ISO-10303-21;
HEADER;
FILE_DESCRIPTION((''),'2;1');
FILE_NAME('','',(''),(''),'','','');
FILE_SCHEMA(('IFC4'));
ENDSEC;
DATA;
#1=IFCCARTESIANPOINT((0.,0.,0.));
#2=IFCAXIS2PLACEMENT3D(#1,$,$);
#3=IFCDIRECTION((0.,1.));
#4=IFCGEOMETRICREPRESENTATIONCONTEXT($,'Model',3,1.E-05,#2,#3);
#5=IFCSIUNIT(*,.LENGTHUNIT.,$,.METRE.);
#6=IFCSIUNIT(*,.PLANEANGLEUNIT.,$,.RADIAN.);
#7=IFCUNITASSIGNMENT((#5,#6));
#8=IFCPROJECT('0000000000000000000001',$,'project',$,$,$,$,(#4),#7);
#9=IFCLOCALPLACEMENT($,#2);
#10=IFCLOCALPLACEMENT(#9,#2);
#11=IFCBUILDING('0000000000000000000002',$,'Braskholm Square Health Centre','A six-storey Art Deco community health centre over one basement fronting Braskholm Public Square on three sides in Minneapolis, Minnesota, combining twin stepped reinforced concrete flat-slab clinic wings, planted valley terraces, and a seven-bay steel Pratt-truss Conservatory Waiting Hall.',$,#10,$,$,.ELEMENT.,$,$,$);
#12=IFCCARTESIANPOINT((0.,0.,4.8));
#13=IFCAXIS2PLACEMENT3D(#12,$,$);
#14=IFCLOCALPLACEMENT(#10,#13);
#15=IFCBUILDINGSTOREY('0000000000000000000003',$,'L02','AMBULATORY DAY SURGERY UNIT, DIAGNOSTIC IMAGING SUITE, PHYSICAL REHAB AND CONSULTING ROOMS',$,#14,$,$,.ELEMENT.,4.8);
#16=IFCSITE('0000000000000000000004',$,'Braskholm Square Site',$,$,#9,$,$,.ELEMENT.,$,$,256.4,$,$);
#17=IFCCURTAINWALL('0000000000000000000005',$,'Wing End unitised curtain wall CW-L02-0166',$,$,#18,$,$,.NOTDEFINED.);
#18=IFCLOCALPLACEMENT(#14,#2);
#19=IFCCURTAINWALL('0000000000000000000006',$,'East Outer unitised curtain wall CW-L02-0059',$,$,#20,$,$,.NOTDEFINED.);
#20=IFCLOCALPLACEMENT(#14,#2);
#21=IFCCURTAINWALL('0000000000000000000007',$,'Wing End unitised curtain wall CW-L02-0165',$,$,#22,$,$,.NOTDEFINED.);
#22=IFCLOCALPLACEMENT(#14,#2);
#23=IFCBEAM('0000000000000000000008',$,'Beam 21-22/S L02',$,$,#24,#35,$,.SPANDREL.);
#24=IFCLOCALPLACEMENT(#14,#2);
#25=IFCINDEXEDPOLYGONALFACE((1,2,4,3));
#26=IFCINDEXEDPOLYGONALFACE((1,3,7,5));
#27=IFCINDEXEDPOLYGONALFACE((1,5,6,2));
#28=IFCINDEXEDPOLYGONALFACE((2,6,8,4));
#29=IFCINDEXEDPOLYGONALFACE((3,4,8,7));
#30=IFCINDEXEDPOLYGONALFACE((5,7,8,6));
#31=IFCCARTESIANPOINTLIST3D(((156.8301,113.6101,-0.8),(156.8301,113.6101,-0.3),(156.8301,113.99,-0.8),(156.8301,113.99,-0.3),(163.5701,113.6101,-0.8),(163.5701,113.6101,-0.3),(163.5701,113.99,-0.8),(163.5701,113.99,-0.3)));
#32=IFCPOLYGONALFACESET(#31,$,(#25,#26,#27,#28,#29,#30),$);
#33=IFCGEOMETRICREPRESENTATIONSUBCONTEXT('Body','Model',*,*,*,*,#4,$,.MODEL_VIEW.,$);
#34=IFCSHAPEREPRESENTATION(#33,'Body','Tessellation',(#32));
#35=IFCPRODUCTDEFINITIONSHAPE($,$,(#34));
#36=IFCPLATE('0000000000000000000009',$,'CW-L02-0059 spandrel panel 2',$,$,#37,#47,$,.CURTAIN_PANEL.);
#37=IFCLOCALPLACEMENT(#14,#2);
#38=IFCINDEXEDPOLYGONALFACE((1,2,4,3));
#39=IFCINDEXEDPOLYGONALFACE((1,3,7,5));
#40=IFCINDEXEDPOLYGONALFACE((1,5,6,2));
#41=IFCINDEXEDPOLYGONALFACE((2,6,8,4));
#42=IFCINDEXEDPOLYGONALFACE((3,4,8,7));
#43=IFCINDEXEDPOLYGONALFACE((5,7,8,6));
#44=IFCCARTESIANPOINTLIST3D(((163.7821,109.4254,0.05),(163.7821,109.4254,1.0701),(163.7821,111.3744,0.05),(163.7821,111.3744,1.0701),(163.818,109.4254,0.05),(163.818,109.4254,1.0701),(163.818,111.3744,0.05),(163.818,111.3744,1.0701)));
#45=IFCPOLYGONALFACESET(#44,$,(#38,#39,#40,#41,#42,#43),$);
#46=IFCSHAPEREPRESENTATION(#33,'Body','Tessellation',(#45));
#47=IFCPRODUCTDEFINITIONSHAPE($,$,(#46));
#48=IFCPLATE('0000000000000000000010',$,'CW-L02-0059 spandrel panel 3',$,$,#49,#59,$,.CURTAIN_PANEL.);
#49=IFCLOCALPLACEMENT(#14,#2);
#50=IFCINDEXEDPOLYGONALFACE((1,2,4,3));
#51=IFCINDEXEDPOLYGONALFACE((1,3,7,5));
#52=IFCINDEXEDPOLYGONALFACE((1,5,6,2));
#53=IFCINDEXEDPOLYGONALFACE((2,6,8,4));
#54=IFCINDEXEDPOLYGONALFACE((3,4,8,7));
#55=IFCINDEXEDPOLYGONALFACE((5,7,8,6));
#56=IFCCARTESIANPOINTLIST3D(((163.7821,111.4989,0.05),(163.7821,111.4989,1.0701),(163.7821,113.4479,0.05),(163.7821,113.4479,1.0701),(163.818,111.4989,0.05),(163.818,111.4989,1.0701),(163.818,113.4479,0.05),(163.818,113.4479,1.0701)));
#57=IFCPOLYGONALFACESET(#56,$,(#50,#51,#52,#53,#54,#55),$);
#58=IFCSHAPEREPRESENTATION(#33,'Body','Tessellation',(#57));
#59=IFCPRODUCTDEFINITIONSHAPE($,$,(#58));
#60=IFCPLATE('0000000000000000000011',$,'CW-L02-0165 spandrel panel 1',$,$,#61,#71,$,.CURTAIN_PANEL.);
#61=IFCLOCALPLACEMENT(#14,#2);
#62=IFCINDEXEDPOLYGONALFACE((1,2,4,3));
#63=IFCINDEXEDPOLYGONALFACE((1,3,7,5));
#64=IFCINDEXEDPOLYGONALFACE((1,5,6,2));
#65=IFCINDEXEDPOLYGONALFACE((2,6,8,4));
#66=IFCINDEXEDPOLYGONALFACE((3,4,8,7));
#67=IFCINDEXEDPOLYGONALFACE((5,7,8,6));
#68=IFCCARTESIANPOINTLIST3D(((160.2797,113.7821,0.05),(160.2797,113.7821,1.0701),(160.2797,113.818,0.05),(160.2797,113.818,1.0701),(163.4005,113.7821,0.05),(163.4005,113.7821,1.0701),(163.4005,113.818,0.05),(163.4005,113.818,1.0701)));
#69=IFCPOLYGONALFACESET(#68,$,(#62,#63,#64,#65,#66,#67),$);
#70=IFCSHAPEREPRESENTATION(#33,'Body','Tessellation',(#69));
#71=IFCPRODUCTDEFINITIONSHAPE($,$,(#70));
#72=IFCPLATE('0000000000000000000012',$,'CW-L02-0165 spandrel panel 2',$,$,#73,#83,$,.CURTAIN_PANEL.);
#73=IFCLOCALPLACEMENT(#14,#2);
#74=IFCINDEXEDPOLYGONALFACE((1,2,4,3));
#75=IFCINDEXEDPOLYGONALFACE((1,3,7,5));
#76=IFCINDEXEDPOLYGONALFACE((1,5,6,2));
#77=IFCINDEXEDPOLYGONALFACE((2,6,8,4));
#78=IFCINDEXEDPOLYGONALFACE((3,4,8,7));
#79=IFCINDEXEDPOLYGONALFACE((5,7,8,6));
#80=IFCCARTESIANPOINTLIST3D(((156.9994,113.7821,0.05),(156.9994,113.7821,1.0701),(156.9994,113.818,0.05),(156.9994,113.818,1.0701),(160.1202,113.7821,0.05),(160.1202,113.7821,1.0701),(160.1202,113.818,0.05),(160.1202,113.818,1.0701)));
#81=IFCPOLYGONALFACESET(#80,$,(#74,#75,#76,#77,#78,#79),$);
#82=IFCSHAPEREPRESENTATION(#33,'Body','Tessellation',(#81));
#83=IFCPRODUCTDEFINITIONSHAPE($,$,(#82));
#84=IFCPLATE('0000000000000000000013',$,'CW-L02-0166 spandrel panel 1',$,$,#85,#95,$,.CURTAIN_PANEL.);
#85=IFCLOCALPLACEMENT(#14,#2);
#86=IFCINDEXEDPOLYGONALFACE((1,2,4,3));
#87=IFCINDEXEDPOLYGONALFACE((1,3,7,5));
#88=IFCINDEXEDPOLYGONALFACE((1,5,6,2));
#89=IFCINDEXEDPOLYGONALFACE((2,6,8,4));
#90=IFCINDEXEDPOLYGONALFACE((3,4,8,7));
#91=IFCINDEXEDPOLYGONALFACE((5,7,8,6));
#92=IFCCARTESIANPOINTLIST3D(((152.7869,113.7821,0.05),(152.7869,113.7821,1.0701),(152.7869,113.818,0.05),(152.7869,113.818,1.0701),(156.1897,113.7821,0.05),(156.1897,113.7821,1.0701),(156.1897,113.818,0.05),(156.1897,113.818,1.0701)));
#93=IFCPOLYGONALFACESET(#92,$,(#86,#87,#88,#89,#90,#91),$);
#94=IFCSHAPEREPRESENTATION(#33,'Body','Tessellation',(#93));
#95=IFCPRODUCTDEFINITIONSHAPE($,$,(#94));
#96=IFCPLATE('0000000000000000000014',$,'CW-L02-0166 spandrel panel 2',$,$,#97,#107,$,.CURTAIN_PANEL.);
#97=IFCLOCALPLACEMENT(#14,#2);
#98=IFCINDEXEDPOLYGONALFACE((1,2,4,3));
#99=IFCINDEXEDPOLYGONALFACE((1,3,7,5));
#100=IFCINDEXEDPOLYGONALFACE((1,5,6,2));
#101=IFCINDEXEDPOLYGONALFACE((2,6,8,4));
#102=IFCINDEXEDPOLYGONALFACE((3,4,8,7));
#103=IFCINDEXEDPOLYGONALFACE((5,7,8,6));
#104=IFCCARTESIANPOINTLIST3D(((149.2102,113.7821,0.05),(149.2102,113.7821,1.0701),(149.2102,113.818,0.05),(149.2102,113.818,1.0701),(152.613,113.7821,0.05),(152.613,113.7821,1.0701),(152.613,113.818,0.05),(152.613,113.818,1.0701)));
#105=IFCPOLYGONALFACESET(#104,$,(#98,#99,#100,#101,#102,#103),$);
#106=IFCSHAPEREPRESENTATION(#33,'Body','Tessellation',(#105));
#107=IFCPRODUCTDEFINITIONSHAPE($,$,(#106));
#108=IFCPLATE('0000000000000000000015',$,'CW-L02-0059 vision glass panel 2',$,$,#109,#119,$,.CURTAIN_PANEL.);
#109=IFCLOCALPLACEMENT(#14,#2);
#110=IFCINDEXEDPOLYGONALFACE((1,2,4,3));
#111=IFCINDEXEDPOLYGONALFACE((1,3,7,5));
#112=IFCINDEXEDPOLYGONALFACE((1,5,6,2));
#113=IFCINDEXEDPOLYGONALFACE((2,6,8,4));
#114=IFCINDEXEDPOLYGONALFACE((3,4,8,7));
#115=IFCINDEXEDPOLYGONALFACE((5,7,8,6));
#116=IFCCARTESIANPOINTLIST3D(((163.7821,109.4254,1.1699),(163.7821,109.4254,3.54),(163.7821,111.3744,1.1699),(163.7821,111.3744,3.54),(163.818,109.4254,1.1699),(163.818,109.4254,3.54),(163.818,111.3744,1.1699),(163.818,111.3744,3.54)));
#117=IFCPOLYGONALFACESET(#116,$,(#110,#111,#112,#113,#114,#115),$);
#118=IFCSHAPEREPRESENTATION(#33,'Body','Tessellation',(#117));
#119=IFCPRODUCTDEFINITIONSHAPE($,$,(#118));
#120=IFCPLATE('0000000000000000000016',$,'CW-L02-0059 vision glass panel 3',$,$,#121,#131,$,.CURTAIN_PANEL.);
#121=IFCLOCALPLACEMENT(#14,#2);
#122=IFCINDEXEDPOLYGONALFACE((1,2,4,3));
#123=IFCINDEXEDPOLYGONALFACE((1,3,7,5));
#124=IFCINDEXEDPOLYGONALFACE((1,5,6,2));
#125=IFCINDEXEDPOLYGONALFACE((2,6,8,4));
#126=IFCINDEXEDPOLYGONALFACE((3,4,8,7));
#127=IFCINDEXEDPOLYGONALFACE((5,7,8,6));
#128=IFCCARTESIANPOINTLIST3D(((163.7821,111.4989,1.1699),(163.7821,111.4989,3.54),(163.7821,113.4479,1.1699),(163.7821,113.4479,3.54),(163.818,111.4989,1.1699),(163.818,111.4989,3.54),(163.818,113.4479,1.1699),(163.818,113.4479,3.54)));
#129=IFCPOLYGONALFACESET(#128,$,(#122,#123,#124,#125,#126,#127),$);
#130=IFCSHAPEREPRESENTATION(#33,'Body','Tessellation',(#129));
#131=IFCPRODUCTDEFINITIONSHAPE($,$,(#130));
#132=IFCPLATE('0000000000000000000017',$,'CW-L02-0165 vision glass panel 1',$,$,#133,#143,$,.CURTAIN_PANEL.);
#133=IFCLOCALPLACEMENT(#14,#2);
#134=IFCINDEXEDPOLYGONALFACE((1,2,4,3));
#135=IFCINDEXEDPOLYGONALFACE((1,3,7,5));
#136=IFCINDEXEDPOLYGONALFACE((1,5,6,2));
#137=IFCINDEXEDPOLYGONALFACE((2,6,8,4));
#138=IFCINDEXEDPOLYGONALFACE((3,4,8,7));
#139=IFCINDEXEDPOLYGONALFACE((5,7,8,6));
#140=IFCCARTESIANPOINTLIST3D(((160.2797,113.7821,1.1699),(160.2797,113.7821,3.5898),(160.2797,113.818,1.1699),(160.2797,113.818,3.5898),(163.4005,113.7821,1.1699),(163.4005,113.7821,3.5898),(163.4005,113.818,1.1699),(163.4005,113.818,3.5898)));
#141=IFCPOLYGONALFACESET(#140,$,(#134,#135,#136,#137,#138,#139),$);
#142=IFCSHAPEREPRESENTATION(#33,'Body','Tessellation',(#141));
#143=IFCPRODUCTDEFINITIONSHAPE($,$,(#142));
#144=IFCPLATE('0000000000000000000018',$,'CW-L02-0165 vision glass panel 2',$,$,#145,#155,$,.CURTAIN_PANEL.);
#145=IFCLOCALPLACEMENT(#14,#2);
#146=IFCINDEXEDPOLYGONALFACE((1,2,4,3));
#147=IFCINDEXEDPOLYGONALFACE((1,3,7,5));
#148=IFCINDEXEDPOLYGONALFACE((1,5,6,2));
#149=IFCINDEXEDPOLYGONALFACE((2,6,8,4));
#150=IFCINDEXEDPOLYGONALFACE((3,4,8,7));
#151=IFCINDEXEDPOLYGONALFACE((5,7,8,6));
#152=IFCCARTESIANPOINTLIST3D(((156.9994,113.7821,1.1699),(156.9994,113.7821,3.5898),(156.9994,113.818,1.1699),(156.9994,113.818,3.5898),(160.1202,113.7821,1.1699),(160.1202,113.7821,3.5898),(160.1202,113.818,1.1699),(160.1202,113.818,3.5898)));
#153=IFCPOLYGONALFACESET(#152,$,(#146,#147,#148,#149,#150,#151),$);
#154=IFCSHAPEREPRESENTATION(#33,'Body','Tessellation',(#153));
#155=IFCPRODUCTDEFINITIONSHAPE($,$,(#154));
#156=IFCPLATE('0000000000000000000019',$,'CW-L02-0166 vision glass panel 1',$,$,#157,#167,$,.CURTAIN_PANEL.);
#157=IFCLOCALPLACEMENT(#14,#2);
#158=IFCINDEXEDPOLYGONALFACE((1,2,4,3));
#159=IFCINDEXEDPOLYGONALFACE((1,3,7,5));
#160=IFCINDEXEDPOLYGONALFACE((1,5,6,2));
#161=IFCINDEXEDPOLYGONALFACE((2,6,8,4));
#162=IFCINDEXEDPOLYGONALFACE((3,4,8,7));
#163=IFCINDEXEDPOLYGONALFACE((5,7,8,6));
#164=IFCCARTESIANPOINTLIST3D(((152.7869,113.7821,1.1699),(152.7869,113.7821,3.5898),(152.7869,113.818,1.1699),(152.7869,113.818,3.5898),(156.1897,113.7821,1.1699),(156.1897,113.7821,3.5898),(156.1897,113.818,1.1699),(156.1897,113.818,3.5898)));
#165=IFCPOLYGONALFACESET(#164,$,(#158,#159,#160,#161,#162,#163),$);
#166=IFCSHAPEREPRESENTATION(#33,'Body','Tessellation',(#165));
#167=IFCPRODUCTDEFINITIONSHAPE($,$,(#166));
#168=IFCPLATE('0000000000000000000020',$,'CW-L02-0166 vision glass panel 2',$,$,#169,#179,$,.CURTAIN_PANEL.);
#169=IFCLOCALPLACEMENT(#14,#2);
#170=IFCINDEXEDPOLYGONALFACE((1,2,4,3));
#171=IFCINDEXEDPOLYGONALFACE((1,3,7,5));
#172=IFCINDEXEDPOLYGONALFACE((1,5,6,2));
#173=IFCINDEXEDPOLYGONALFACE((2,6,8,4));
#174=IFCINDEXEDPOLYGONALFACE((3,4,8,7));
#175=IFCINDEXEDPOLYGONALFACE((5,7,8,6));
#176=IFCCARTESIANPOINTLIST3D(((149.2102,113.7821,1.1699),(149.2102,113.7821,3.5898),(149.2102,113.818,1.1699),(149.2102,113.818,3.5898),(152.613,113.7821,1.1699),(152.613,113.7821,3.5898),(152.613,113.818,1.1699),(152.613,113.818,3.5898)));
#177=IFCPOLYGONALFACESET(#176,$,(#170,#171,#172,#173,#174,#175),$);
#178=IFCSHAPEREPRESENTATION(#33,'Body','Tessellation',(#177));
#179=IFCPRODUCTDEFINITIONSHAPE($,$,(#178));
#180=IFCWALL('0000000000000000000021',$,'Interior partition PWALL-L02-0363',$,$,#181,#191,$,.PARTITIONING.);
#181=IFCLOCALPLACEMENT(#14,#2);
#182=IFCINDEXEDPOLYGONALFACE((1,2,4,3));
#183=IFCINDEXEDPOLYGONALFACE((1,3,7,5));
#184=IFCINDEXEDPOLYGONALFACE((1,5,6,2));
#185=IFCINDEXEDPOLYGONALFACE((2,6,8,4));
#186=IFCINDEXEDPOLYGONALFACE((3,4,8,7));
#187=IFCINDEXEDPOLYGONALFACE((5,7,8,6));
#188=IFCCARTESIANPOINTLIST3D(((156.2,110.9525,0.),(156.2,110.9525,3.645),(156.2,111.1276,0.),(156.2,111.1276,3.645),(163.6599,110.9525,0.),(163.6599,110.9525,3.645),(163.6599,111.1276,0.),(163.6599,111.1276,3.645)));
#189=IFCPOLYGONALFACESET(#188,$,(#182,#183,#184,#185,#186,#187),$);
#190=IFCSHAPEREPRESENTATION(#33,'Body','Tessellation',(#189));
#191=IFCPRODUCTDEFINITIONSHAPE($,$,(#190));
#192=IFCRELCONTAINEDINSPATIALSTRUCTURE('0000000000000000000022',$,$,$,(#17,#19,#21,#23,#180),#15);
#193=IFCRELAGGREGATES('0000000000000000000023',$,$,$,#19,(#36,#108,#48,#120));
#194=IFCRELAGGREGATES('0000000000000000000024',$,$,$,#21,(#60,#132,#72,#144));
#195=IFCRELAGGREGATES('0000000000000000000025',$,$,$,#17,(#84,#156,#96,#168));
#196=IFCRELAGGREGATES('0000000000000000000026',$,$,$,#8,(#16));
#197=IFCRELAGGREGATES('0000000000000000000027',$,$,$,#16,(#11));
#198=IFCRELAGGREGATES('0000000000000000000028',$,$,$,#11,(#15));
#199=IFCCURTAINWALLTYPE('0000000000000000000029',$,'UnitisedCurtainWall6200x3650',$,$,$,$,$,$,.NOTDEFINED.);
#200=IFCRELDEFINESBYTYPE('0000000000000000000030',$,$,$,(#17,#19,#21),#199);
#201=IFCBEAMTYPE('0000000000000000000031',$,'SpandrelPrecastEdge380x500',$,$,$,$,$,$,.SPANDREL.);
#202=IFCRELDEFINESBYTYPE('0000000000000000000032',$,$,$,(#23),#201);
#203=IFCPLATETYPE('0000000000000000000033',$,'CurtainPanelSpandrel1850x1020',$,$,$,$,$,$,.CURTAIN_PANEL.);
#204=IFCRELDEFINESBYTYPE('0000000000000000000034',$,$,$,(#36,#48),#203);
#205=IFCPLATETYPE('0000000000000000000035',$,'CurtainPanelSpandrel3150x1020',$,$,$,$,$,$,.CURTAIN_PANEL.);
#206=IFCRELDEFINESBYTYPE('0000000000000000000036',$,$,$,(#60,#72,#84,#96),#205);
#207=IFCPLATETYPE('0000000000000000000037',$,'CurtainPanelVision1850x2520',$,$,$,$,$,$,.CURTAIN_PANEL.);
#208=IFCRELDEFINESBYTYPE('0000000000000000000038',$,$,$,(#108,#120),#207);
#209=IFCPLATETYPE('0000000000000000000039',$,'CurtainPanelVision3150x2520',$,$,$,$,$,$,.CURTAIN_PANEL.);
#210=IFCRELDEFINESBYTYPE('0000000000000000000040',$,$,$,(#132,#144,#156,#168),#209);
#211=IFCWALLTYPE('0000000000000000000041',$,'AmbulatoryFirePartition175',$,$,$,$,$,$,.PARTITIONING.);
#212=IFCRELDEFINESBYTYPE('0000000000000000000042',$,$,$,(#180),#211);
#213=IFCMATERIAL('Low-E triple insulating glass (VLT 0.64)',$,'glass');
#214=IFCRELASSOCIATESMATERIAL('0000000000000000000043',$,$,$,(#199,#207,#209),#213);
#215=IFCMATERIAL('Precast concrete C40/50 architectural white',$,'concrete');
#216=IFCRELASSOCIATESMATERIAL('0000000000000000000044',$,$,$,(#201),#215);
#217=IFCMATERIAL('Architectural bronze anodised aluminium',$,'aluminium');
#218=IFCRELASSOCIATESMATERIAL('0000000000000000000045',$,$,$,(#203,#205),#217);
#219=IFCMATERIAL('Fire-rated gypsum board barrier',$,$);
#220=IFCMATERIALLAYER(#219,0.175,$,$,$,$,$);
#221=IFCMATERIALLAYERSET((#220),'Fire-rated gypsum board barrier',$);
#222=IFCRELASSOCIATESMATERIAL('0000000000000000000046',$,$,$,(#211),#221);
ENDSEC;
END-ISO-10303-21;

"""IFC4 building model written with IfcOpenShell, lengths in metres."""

from ifc_helpers import new_model, si_unit, direction, frame, frame_2d, origin, origin_2d, place, context, subcontext, project, spatial, rectangle, extrude, material, layer, layer_set, material_profile, profile_set, type_object, element, aggregate, save


model = new_model("IFC4")

# Units and contexts
model_context = context("Model", 3, precision=1e-05, world=origin(), true_north=direction((0.0, 1.0)))
body_context = subcontext(model_context, "Body", "Model", "MODEL_VIEW")
ifc_project = project(units=[si_unit("LENGTHUNIT", "METRE"), si_unit("PLANEANGLEUNIT", "RADIAN")], contexts=[model_context])

# Site, building, storey
site_placement = place(None, origin())
site = spatial("IfcSite", under=ifc_project, at=site_placement, Name="Braskholm Square Site", CompositionType="ELEMENT", RefElevation=256.4)
building_placement = place(site_placement, origin())
building = spatial("IfcBuilding", under=site, at=building_placement, Name="Braskholm Square Health Centre", Description="A six-storey Art Deco community health centre over one basement fronting Braskholm Public Square on three sides in Minneapolis, Minnesota, combining twin stepped reinforced concrete flat-slab clinic wings, planted valley terraces, and a seven-bay steel Pratt-truss Conservatory Waiting Hall.", CompositionType="ELEMENT")
storey_placement = place(building_placement, frame((0.0, 0.0, 4.8)))
storey = spatial("IfcBuildingStorey", under=building, at=storey_placement, Name="L02", Description="AMBULATORY DAY SURGERY UNIT, DIAGNOSTIC IMAGING SUITE, PHYSICAL REHAB AND CONSULTING ROOMS", CompositionType="ELEMENT", Elevation=4.8)

# Shared definitions
ifc_material_1 = material(Name="Precast concrete C40/50 architectural white", Category="concrete")

# Curtain walls
ifc_material_2 = material(Name="Low-E triple insulating glass (VLT 0.64)", Category="glass")
curtain_wall_type = type_object("IfcCurtainWallType", Name="UnitisedCurtainWall6200x3650", PredefinedType="NOTDEFINED", material=ifc_material_2)
curtain_wall_1_placement = place(storey_placement, origin())
curtain_wall_1 = element("IfcCurtainWall", 1, at=curtain_wall_1_placement, inside=storey, type_object=curtain_wall_type, Name="Wing End unitised curtain wall CW-L02-0166", PredefinedType="NOTDEFINED")
ifc_material_3 = material(Name="Architectural bronze anodised aluminium", Category="aluminium")
curtain_wall_2_placement = place(storey_placement, origin())
curtain_wall_2 = element("IfcCurtainWall", 2, at=curtain_wall_2_placement, inside=storey, type_object=curtain_wall_type, Name="East Outer unitised curtain wall CW-L02-0059", PredefinedType="NOTDEFINED")
curtain_wall_3_placement = place(storey_placement, origin())
curtain_wall_3 = element("IfcCurtainWall", 3, at=curtain_wall_3_placement, inside=storey, type_object=curtain_wall_type, Name="Wing End unitised curtain wall CW-L02-0165", PredefinedType="NOTDEFINED")

# Beam
ifc_material_profile_1 = material_profile(ifc_material_1, rectangle(XDim=0.3799, YDim=0.5, at=origin_2d()), Name="RCB-380X500")
ifc_profile_set_1 = profile_set([ifc_material_profile_1], Name="Precast concrete C40/50 architectural white")
beam_type = type_object("IfcBeamType", Name="SpandrelPrecastEdge380x500", PredefinedType="SPANDREL", material=ifc_profile_set_1)
beam_placement = place(storey_placement, frame((156.8301, 113.8, -0.55), z_axis=(1.0, 0.0, 0.0), x_axis=(0.0, 1.0, 0.0)))
element("IfcBeam", 4, at=beam_placement, inside=storey, type_object=beam_type, Name="Beam 21-22/S L02", PredefinedType="SPANDREL", context=body_context, shape_type="SweptSolid", body=[
    extrude(rectangle(XDim=0.3799, YDim=0.5, at=origin_2d()), origin(), (0.0, 0.0, 1.0), 6.74),
])

# Plates
plate_type_1 = type_object("IfcPlateType", Name="CurtainPanelSpandrel1850x1020", PredefinedType="CURTAIN_PANEL", material=ifc_material_3)
plate_1_placement = place(storey_placement, frame((163.8, 110.3999, 0.05), z_axis=(0.0, 0.0, 1.0), x_axis=(0.0, 1.0, 0.0)))
plate_1 = element("IfcPlate", 5, at=plate_1_placement, type_object=plate_type_1, Name="CW-L02-0059 spandrel panel 2", PredefinedType="CURTAIN_PANEL", context=body_context, shape_type="SweptSolid", body=[
    extrude(rectangle(XDim=1.949, YDim=0.0359, at=origin_2d()), origin(), (0.0, 0.0, 1.0), 1.02),
])
plate_2_placement = place(storey_placement, frame((163.8, 112.4734, 0.05), z_axis=(0.0, 0.0, 1.0), x_axis=(0.0, 1.0, 0.0)))
plate_2 = element("IfcPlate", 6, at=plate_2_placement, type_object=plate_type_1, Name="CW-L02-0059 spandrel panel 3", PredefinedType="CURTAIN_PANEL", context=body_context, shape_type="SweptSolid", body=[
    extrude(rectangle(XDim=1.949, YDim=0.0359, at=origin_2d()), origin(), (0.0, 0.0, 1.0), 1.02),
])
plate_type_2 = type_object("IfcPlateType", Name="CurtainPanelSpandrel3150x1020", PredefinedType="CURTAIN_PANEL", material=ifc_material_3)
plate_3_placement = place(storey_placement, frame((161.8401, 113.8, 0.05), z_axis=(0.0, 0.0, 1.0), x_axis=(-1.0, 0.0, 0.0)))
plate_3 = element("IfcPlate", 7, at=plate_3_placement, type_object=plate_type_2, Name="CW-L02-0165 spandrel panel 1", PredefinedType="CURTAIN_PANEL", context=body_context, shape_type="SweptSolid", body=[
    extrude(rectangle(XDim=3.1208, YDim=0.0359, at=origin_2d()), origin(), (0.0, 0.0, 1.0), 1.02),
])
plate_4_placement = place(storey_placement, frame((158.5598, 113.8, 0.05), z_axis=(0.0, 0.0, 1.0), x_axis=(-1.0, 0.0, 0.0)))
plate_4 = element("IfcPlate", 8, at=plate_4_placement, type_object=plate_type_2, Name="CW-L02-0165 spandrel panel 2", PredefinedType="CURTAIN_PANEL", context=body_context, shape_type="SweptSolid", body=[
    extrude(rectangle(XDim=3.1208, YDim=0.0359, at=origin_2d()), origin(), (0.0, 0.0, 1.0), 1.02),
])
plate_5_placement = place(storey_placement, frame((154.4883, 113.8, 0.05), z_axis=(0.0, 0.0, 1.0), x_axis=(-1.0, 0.0, 0.0)))
plate_5 = element("IfcPlate", 9, at=plate_5_placement, type_object=plate_type_2, Name="CW-L02-0166 spandrel panel 1", PredefinedType="CURTAIN_PANEL", context=body_context, shape_type="SweptSolid", body=[
    extrude(rectangle(XDim=3.4028, YDim=0.0359, at=origin_2d()), origin(), (0.0, 0.0, 1.0), 1.02),
])
plate_6_placement = place(storey_placement, frame((150.9116, 113.8, 0.05), z_axis=(0.0, 0.0, 1.0), x_axis=(-1.0, 0.0, 0.0)))
plate_6 = element("IfcPlate", 10, at=plate_6_placement, type_object=plate_type_2, Name="CW-L02-0166 spandrel panel 2", PredefinedType="CURTAIN_PANEL", context=body_context, shape_type="SweptSolid", body=[
    extrude(rectangle(XDim=3.4028, YDim=0.0359, at=origin_2d()), origin(), (0.0, 0.0, 1.0), 1.02),
])
plate_type_3 = type_object("IfcPlateType", Name="CurtainPanelVision1850x2520", PredefinedType="CURTAIN_PANEL", material=ifc_material_2)
plate_7_placement = place(storey_placement, frame((163.8, 110.3999, 1.1699), z_axis=(0.0, 0.0, 1.0), x_axis=(0.0, 1.0, 0.0)))
plate_7 = element("IfcPlate", 11, at=plate_7_placement, type_object=plate_type_3, Name="CW-L02-0059 vision glass panel 2", PredefinedType="CURTAIN_PANEL", context=body_context, shape_type="SweptSolid", body=[
    extrude(rectangle(XDim=1.949, YDim=0.0359, at=origin_2d()), origin(), (0.0, 0.0, 1.0), 2.3701),
])
plate_8_placement = place(storey_placement, frame((163.8, 112.4734, 1.1699), z_axis=(0.0, 0.0, 1.0), x_axis=(0.0, 1.0, 0.0)))
plate_8 = element("IfcPlate", 12, at=plate_8_placement, type_object=plate_type_3, Name="CW-L02-0059 vision glass panel 3", PredefinedType="CURTAIN_PANEL", context=body_context, shape_type="SweptSolid", body=[
    extrude(rectangle(XDim=1.949, YDim=0.0359, at=origin_2d()), origin(), (0.0, 0.0, 1.0), 2.3701),
])
aggregate(curtain_wall_2, [plate_1, plate_7, plate_2, plate_8])
plate_type_4 = type_object("IfcPlateType", Name="CurtainPanelVision3150x2520", PredefinedType="CURTAIN_PANEL", material=ifc_material_2)
plate_9_placement = place(storey_placement, frame((161.8401, 113.8, 1.1699), z_axis=(0.0, 0.0, 1.0), x_axis=(-1.0, 0.0, 0.0)))
plate_9 = element("IfcPlate", 13, at=plate_9_placement, type_object=plate_type_4, Name="CW-L02-0165 vision glass panel 1", PredefinedType="CURTAIN_PANEL", context=body_context, shape_type="SweptSolid", body=[
    extrude(rectangle(XDim=3.1208, YDim=0.0359, at=origin_2d()), origin(), (0.0, 0.0, 1.0), 2.4199),
])
plate_10_placement = place(storey_placement, frame((158.5598, 113.8, 1.1699), z_axis=(0.0, 0.0, 1.0), x_axis=(-1.0, 0.0, 0.0)))
plate_10 = element("IfcPlate", 14, at=plate_10_placement, type_object=plate_type_4, Name="CW-L02-0165 vision glass panel 2", PredefinedType="CURTAIN_PANEL", context=body_context, shape_type="SweptSolid", body=[
    extrude(rectangle(XDim=3.1208, YDim=0.0359, at=origin_2d()), origin(), (0.0, 0.0, 1.0), 2.4199),
])
aggregate(curtain_wall_3, [plate_3, plate_9, plate_4, plate_10])
plate_11_placement = place(storey_placement, frame((154.4883, 113.8, 1.1699), z_axis=(0.0, 0.0, 1.0), x_axis=(-1.0, 0.0, 0.0)))
plate_11 = element("IfcPlate", 15, at=plate_11_placement, type_object=plate_type_4, Name="CW-L02-0166 vision glass panel 1", PredefinedType="CURTAIN_PANEL", context=body_context, shape_type="SweptSolid", body=[
    extrude(rectangle(XDim=3.4028, YDim=0.0359, at=origin_2d()), origin(), (0.0, 0.0, 1.0), 2.4199),
])
plate_12_placement = place(storey_placement, frame((150.9116, 113.8, 1.1699), z_axis=(0.0, 0.0, 1.0), x_axis=(-1.0, 0.0, 0.0)))
plate_12 = element("IfcPlate", 16, at=plate_12_placement, type_object=plate_type_4, Name="CW-L02-0166 vision glass panel 2", PredefinedType="CURTAIN_PANEL", context=body_context, shape_type="SweptSolid", body=[
    extrude(rectangle(XDim=3.4028, YDim=0.0359, at=origin_2d()), origin(), (0.0, 0.0, 1.0), 2.4199),
])
aggregate(curtain_wall_1, [plate_5, plate_11, plate_6, plate_12])

# Wall
ifc_material_4 = material(Name="Fire-rated gypsum board barrier")
ifc_layer_1 = layer(ifc_material_4, 0.175)
ifc_layer_set_1 = layer_set([ifc_layer_1], Name="Fire-rated gypsum board barrier")
wall_type_1 = type_object("IfcWallType", Name="AmbulatoryFirePartition175", PredefinedType="PARTITIONING", material=ifc_layer_set_1)
wall_1_placement = place(storey_placement, frame((156.2, 111.04, 0.0), z_axis=(0.0, 0.0, 1.0), x_axis=(1.0, 0.0, 0.0)))
element("IfcWall", 17, at=wall_1_placement, inside=storey, type_object=wall_type_1, Name="Interior partition PWALL-L02-0363", PredefinedType="PARTITIONING", context=body_context, shape_type="SweptSolid", body=[
    extrude(rectangle(XDim=7.46, YDim=0.175, at=frame_2d((3.73, 0.0))), origin(), (0.0, 0.0, 1.0), 3.645),
])

save(model, "model.ifc")
